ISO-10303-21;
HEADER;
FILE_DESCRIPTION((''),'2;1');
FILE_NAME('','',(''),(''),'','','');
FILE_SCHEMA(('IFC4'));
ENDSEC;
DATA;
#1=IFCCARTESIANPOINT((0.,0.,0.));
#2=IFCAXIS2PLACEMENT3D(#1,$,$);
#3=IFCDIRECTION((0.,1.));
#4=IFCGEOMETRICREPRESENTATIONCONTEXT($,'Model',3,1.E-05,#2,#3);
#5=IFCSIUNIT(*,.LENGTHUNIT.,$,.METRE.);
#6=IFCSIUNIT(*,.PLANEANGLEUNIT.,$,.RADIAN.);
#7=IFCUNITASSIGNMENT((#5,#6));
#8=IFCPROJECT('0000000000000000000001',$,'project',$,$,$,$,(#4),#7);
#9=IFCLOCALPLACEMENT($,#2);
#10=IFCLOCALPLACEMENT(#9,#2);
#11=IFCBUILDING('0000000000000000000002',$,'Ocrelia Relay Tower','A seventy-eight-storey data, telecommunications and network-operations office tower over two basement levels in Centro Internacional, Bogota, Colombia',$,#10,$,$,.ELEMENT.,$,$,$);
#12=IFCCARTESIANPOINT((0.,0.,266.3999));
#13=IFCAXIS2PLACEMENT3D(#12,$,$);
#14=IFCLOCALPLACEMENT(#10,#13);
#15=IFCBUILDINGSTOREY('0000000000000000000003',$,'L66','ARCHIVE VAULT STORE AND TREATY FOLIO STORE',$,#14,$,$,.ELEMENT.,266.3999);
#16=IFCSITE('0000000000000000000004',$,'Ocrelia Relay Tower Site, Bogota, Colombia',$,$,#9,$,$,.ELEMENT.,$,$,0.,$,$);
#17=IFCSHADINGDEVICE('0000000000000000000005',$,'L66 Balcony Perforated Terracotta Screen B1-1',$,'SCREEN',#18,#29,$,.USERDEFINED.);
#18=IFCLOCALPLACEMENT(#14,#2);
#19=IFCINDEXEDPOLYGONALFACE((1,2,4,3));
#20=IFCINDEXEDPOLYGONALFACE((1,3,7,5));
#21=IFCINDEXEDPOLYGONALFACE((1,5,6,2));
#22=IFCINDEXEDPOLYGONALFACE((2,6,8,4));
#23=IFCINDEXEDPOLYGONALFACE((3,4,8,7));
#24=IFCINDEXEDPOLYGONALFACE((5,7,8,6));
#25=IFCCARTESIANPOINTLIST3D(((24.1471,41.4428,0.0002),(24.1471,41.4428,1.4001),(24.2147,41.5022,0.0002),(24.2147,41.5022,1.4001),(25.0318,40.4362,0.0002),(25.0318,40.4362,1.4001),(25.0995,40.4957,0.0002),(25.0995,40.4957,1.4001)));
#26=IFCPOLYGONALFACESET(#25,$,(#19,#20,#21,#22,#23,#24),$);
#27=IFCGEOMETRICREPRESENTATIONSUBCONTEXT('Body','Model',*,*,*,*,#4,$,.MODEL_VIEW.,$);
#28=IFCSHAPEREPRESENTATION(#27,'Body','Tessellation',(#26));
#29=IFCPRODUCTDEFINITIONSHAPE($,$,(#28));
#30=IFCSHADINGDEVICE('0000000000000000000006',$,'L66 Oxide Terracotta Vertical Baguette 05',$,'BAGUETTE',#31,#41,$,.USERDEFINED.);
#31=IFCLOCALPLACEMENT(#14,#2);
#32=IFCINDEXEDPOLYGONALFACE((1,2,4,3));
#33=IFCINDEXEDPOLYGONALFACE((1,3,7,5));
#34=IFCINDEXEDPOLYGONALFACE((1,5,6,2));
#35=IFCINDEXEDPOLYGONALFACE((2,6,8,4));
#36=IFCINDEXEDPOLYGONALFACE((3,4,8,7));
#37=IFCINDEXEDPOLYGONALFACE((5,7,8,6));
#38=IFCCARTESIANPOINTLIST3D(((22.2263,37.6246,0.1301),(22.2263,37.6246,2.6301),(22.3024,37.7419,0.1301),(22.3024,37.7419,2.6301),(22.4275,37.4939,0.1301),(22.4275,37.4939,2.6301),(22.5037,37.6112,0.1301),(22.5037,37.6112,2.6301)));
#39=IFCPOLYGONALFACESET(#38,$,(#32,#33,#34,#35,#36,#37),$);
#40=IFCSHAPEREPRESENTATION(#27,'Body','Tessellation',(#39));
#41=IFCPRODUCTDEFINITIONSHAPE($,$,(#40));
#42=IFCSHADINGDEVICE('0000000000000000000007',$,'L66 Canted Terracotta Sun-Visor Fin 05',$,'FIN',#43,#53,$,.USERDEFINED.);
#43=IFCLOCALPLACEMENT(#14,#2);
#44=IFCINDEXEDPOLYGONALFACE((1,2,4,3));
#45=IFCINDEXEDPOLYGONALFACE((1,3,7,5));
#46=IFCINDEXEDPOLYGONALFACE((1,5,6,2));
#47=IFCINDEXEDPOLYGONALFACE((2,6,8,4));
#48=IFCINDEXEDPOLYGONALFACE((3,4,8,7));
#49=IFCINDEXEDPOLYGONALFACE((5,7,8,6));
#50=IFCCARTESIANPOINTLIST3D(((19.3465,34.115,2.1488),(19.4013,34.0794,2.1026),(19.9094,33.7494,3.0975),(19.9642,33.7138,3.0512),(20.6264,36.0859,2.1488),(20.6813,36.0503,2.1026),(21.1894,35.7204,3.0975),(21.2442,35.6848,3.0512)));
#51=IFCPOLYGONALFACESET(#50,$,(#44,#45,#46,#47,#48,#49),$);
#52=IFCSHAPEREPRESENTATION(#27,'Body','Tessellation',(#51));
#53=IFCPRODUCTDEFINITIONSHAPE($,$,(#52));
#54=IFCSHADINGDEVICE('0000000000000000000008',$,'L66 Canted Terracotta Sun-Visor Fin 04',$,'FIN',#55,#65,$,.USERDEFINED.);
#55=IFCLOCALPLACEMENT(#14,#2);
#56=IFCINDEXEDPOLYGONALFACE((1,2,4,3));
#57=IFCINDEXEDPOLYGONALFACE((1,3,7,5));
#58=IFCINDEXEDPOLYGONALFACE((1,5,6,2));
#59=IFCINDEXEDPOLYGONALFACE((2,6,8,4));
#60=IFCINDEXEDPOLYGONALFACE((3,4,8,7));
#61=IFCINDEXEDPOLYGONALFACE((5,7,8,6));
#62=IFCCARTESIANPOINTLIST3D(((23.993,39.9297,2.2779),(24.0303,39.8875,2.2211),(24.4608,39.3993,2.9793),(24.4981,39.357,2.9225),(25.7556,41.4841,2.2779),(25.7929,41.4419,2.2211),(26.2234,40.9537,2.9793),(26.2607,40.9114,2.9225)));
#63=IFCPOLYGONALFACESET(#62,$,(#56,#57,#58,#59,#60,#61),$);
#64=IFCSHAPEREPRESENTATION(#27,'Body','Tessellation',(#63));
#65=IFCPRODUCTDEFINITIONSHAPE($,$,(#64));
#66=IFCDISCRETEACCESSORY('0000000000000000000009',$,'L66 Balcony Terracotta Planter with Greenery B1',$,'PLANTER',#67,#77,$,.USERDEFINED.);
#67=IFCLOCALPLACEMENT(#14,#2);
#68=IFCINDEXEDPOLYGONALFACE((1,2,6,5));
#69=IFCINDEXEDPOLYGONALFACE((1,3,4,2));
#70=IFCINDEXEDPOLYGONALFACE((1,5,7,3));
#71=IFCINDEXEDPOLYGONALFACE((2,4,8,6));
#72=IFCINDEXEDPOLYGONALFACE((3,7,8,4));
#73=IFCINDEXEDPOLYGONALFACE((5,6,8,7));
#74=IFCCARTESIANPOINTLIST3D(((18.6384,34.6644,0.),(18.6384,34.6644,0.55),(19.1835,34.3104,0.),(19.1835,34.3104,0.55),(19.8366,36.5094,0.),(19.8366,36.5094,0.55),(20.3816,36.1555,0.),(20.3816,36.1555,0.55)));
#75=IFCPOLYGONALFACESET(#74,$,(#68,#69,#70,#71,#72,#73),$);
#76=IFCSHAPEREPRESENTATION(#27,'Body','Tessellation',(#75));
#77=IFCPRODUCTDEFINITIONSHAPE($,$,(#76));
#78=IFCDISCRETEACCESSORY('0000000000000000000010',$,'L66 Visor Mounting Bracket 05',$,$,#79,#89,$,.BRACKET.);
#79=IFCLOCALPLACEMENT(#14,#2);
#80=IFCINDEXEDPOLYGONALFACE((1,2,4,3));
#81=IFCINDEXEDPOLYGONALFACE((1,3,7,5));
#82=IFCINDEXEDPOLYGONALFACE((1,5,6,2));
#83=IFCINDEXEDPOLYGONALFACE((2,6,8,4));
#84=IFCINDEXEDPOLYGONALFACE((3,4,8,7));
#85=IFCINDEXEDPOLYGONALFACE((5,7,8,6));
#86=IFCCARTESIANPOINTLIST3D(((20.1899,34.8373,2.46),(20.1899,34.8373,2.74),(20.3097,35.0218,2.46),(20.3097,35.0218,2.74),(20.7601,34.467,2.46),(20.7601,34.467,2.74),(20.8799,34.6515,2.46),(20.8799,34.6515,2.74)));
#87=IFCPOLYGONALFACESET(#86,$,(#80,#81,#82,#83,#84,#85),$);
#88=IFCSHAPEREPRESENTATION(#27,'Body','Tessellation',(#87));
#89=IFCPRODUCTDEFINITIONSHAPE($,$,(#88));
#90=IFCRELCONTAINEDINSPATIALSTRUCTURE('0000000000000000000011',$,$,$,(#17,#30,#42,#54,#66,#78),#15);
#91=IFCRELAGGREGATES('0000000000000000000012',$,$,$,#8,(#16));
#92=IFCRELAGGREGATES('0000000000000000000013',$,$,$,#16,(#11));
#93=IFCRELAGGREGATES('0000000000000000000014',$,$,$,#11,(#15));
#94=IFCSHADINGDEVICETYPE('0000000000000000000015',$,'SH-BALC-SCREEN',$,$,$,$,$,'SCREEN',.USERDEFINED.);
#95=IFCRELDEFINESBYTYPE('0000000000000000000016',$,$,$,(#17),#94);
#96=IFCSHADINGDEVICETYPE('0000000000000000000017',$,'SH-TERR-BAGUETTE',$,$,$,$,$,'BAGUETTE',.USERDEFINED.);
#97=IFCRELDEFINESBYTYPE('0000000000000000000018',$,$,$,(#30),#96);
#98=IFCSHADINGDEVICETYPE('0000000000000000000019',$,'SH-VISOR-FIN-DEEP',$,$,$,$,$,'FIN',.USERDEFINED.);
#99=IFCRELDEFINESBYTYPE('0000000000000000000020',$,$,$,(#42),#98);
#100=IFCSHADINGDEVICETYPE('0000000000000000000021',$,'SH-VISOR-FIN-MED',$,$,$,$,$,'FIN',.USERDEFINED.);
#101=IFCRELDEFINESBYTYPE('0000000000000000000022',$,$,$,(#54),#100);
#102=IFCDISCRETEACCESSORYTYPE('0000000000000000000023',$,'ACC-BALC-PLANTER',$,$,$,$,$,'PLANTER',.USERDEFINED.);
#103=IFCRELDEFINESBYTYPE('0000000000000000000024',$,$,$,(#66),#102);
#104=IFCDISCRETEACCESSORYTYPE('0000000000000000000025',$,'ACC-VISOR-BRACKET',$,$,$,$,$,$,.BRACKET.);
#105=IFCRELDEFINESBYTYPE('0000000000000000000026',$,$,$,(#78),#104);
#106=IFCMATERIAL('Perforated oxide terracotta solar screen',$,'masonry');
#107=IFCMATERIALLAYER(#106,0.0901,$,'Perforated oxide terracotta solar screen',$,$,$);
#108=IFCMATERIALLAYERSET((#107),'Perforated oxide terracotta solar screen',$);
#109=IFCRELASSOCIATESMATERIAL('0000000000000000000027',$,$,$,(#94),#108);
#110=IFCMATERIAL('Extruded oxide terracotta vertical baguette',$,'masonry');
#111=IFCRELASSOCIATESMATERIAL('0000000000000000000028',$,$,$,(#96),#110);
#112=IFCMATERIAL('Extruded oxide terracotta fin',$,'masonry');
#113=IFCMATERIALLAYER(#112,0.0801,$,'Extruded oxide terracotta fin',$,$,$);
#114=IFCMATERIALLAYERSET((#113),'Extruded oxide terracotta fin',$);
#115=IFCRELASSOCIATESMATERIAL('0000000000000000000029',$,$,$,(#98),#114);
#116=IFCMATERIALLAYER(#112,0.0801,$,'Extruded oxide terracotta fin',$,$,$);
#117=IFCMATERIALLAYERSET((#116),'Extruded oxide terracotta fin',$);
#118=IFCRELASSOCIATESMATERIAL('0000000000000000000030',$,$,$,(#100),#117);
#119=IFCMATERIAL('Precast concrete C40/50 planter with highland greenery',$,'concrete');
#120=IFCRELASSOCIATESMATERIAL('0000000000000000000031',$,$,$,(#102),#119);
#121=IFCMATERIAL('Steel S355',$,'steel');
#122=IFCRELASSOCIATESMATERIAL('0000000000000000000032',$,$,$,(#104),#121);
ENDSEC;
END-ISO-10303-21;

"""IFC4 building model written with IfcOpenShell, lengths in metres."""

from ifc_helpers import new_model, si_unit, direction, frame, origin, origin_2d, place, context, subcontext, project, spatial, rectangle, extrude, material, layer, layer_set, type_object, element, save


model = new_model("IFC4")

# Units and contexts
model_context = context("Model", 3, precision=1e-05, world=origin(), true_north=direction((0.0, 1.0)))
body_context = subcontext(model_context, "Body", "Model", "MODEL_VIEW")
ifc_project = project(units=[si_unit("LENGTHUNIT", "METRE"), si_unit("PLANEANGLEUNIT", "RADIAN")], contexts=[model_context])

# Site, building, storey
site_placement = place(None, origin())
site = spatial("IfcSite", under=ifc_project, at=site_placement, Name="Ocrelia Relay Tower Site, Bogota, Colombia", CompositionType="ELEMENT", RefElevation=0.0)
building_placement = place(site_placement, origin())
building = spatial("IfcBuilding", under=site, at=building_placement, Name="Ocrelia Relay Tower", Description="A seventy-eight-storey data, telecommunications and network-operations office tower over two basement levels in Centro Internacional, Bogota, Colombia", CompositionType="ELEMENT")
storey_placement = place(building_placement, frame((0.0, 0.0, 266.3999)))
storey = spatial("IfcBuildingStorey", under=building, at=storey_placement, Name="L66", Description="ARCHIVE VAULT STORE AND TREATY FOLIO STORE", CompositionType="ELEMENT", Elevation=266.3999)

# Shared definitions
ifc_material_1 = material(Name="Steel S355", Category="steel")

# Shading devices
ifc_material_2 = material(Name="Perforated oxide terracotta solar screen", Category="masonry")
ifc_layer_1 = layer(ifc_material_2, 0.0901, Name="Perforated oxide terracotta solar screen")
ifc_layer_set_1 = layer_set([ifc_layer_1], Name="Perforated oxide terracotta solar screen")
shading_device_type_1 = type_object("IfcShadingDeviceType", Name="SH-BALC-SCREEN", ElementType="SCREEN", PredefinedType="USERDEFINED", material=ifc_layer_set_1)
shading_device_1_placement = place(storey_placement, frame((24.6233, 40.9692, 0.0002), z_axis=(0.0, 0.0, 1.0), x_axis=(-0.66022, 0.751072, 0.0)))
element("IfcShadingDevice", 1, at=shading_device_1_placement, inside=storey, type_object=shading_device_type_1, Name="L66 Balcony Perforated Terracotta Screen B1-1", ObjectType="SCREEN", PredefinedType="USERDEFINED", context=body_context, shape_type="SweptSolid", body=[
    extrude(rectangle(XDim=1.3401, YDim=0.0901, at=origin_2d()), origin(), (0.0, 0.0, 1.0), 1.3999),
])
ifc_material_3 = material(Name="Extruded oxide terracotta vertical baguette", Category="masonry")
shading_device_type_2 = type_object("IfcShadingDeviceType", Name="SH-TERR-BAGUETTE", ElementType="BAGUETTE", PredefinedType="USERDEFINED", material=ifc_material_3)
shading_device_2_placement = place(storey_placement, frame((22.365, 37.6179, 0.1301), z_axis=(0.0, 0.0, 1.0), x_axis=(-0.544633, -0.838675, 0.0)))
element("IfcShadingDevice", 2, at=shading_device_2_placement, inside=storey, type_object=shading_device_type_2, Name="L66 Oxide Terracotta Vertical Baguette 05", ObjectType="BAGUETTE", PredefinedType="USERDEFINED", context=body_context, shape_type="SweptSolid", body=[
    extrude(rectangle(XDim=0.1399, YDim=0.24, at=origin_2d()), origin(), (0.0, 0.0, 1.0), 2.5),
])
ifc_material_4 = material(Name="Extruded oxide terracotta fin", Category="masonry")
ifc_layer_2 = layer(ifc_material_4, 0.0801, Name="Extruded oxide terracotta fin")
ifc_layer_set_2 = layer_set([ifc_layer_2], Name="Extruded oxide terracotta fin")
shading_device_type_3 = type_object("IfcShadingDeviceType", Name="SH-VISOR-FIN-DEEP", ElementType="FIN", PredefinedType="USERDEFINED", material=ifc_layer_set_2)
shading_device_3_placement = place(storey_placement, frame((20.3228, 34.8821, 2.5769), z_axis=(-0.684643, 0.444605, 0.577573), x_axis=(-0.544633, -0.838675, 0.0)))
element("IfcShadingDevice", 3, at=shading_device_3_placement, inside=storey, type_object=shading_device_type_3, Name="L66 Canted Terracotta Sun-Visor Fin 05", ObjectType="FIN", PredefinedType="USERDEFINED", context=body_context, shape_type="SweptSolid", body=[
    extrude(rectangle(XDim=2.3501, YDim=1.1621, at=origin_2d()), origin(), (0.0, 0.0, 1.0), 0.0801),
])
ifc_layer_3 = layer(ifc_material_4, 0.0801, Name="Extruded oxide terracotta fin")
ifc_layer_set_3 = layer_set([ifc_layer_3], Name="Extruded oxide terracotta fin")
shading_device_type_4 = type_object("IfcShadingDeviceType", Name="SH-VISOR-FIN-MED", ElementType="FIN", PredefinedType="USERDEFINED", material=ifc_layer_set_3)
shading_device_4_placement = place(storey_placement, frame((25.1455, 40.3994, 2.5718), z_axis=(-0.46573, 0.528116, 0.710062), x_axis=(-0.750017, -0.661418, 0.0)))
element("IfcShadingDevice", 4, at=shading_device_4_placement, inside=storey, type_object=shading_device_type_4, Name="L66 Canted Terracotta Sun-Visor Fin 04", ObjectType="FIN", PredefinedType="USERDEFINED", context=body_context, shape_type="SweptSolid", body=[
    extrude(rectangle(XDim=2.3501, YDim=0.9961, at=origin_2d()), origin(), (0.0, 0.0, 1.0), 0.0801),
])

# Discrete accessories
ifc_material_5 = material(Name="Precast concrete C40/50 planter with highland greenery", Category="concrete")
discrete_accessory_type_1 = type_object("IfcDiscreteAccessoryType", Name="ACC-BALC-PLANTER", ElementType="PLANTER", PredefinedType="USERDEFINED", material=ifc_material_5)
discrete_accessory_1_placement = place(storey_placement, frame((19.51, 35.4099, 0.0), z_axis=(0.0, 0.0, 1.0), x_axis=(0.544635, 0.838673, 0.0)))
element("IfcDiscreteAccessory", 5, at=discrete_accessory_1_placement, inside=storey, type_object=discrete_accessory_type_1, Name="L66 Balcony Terracotta Planter with Greenery B1", ObjectType="PLANTER", PredefinedType="USERDEFINED", context=body_context, shape_type="SweptSolid", body=[
    extrude(rectangle(XDim=2.2, YDim=0.6499, at=origin_2d()), origin(), (0.0, 0.0, 1.0), 0.55),
])
discrete_accessory_type_2 = type_object("IfcDiscreteAccessoryType", Name="ACC-VISOR-BRACKET", PredefinedType="BRACKET", material=ifc_material_1)
discrete_accessory_2_placement = place(storey_placement, frame((20.5349, 34.7444, 2.46), z_axis=(0.0, 0.0, 1.0), x_axis=(-0.544633, -0.838675, 0.0)))
element("IfcDiscreteAccessory", 6, at=discrete_accessory_2_placement, inside=storey, type_object=discrete_accessory_type_2, Name="L66 Visor Mounting Bracket 05", PredefinedType="BRACKET", context=body_context, shape_type="SweptSolid", body=[
    extrude(rectangle(XDim=0.22, YDim=0.6799, at=origin_2d()), origin(), (0.0, 0.0, 1.0), 0.28),
])

save(model, "model.ifc")
